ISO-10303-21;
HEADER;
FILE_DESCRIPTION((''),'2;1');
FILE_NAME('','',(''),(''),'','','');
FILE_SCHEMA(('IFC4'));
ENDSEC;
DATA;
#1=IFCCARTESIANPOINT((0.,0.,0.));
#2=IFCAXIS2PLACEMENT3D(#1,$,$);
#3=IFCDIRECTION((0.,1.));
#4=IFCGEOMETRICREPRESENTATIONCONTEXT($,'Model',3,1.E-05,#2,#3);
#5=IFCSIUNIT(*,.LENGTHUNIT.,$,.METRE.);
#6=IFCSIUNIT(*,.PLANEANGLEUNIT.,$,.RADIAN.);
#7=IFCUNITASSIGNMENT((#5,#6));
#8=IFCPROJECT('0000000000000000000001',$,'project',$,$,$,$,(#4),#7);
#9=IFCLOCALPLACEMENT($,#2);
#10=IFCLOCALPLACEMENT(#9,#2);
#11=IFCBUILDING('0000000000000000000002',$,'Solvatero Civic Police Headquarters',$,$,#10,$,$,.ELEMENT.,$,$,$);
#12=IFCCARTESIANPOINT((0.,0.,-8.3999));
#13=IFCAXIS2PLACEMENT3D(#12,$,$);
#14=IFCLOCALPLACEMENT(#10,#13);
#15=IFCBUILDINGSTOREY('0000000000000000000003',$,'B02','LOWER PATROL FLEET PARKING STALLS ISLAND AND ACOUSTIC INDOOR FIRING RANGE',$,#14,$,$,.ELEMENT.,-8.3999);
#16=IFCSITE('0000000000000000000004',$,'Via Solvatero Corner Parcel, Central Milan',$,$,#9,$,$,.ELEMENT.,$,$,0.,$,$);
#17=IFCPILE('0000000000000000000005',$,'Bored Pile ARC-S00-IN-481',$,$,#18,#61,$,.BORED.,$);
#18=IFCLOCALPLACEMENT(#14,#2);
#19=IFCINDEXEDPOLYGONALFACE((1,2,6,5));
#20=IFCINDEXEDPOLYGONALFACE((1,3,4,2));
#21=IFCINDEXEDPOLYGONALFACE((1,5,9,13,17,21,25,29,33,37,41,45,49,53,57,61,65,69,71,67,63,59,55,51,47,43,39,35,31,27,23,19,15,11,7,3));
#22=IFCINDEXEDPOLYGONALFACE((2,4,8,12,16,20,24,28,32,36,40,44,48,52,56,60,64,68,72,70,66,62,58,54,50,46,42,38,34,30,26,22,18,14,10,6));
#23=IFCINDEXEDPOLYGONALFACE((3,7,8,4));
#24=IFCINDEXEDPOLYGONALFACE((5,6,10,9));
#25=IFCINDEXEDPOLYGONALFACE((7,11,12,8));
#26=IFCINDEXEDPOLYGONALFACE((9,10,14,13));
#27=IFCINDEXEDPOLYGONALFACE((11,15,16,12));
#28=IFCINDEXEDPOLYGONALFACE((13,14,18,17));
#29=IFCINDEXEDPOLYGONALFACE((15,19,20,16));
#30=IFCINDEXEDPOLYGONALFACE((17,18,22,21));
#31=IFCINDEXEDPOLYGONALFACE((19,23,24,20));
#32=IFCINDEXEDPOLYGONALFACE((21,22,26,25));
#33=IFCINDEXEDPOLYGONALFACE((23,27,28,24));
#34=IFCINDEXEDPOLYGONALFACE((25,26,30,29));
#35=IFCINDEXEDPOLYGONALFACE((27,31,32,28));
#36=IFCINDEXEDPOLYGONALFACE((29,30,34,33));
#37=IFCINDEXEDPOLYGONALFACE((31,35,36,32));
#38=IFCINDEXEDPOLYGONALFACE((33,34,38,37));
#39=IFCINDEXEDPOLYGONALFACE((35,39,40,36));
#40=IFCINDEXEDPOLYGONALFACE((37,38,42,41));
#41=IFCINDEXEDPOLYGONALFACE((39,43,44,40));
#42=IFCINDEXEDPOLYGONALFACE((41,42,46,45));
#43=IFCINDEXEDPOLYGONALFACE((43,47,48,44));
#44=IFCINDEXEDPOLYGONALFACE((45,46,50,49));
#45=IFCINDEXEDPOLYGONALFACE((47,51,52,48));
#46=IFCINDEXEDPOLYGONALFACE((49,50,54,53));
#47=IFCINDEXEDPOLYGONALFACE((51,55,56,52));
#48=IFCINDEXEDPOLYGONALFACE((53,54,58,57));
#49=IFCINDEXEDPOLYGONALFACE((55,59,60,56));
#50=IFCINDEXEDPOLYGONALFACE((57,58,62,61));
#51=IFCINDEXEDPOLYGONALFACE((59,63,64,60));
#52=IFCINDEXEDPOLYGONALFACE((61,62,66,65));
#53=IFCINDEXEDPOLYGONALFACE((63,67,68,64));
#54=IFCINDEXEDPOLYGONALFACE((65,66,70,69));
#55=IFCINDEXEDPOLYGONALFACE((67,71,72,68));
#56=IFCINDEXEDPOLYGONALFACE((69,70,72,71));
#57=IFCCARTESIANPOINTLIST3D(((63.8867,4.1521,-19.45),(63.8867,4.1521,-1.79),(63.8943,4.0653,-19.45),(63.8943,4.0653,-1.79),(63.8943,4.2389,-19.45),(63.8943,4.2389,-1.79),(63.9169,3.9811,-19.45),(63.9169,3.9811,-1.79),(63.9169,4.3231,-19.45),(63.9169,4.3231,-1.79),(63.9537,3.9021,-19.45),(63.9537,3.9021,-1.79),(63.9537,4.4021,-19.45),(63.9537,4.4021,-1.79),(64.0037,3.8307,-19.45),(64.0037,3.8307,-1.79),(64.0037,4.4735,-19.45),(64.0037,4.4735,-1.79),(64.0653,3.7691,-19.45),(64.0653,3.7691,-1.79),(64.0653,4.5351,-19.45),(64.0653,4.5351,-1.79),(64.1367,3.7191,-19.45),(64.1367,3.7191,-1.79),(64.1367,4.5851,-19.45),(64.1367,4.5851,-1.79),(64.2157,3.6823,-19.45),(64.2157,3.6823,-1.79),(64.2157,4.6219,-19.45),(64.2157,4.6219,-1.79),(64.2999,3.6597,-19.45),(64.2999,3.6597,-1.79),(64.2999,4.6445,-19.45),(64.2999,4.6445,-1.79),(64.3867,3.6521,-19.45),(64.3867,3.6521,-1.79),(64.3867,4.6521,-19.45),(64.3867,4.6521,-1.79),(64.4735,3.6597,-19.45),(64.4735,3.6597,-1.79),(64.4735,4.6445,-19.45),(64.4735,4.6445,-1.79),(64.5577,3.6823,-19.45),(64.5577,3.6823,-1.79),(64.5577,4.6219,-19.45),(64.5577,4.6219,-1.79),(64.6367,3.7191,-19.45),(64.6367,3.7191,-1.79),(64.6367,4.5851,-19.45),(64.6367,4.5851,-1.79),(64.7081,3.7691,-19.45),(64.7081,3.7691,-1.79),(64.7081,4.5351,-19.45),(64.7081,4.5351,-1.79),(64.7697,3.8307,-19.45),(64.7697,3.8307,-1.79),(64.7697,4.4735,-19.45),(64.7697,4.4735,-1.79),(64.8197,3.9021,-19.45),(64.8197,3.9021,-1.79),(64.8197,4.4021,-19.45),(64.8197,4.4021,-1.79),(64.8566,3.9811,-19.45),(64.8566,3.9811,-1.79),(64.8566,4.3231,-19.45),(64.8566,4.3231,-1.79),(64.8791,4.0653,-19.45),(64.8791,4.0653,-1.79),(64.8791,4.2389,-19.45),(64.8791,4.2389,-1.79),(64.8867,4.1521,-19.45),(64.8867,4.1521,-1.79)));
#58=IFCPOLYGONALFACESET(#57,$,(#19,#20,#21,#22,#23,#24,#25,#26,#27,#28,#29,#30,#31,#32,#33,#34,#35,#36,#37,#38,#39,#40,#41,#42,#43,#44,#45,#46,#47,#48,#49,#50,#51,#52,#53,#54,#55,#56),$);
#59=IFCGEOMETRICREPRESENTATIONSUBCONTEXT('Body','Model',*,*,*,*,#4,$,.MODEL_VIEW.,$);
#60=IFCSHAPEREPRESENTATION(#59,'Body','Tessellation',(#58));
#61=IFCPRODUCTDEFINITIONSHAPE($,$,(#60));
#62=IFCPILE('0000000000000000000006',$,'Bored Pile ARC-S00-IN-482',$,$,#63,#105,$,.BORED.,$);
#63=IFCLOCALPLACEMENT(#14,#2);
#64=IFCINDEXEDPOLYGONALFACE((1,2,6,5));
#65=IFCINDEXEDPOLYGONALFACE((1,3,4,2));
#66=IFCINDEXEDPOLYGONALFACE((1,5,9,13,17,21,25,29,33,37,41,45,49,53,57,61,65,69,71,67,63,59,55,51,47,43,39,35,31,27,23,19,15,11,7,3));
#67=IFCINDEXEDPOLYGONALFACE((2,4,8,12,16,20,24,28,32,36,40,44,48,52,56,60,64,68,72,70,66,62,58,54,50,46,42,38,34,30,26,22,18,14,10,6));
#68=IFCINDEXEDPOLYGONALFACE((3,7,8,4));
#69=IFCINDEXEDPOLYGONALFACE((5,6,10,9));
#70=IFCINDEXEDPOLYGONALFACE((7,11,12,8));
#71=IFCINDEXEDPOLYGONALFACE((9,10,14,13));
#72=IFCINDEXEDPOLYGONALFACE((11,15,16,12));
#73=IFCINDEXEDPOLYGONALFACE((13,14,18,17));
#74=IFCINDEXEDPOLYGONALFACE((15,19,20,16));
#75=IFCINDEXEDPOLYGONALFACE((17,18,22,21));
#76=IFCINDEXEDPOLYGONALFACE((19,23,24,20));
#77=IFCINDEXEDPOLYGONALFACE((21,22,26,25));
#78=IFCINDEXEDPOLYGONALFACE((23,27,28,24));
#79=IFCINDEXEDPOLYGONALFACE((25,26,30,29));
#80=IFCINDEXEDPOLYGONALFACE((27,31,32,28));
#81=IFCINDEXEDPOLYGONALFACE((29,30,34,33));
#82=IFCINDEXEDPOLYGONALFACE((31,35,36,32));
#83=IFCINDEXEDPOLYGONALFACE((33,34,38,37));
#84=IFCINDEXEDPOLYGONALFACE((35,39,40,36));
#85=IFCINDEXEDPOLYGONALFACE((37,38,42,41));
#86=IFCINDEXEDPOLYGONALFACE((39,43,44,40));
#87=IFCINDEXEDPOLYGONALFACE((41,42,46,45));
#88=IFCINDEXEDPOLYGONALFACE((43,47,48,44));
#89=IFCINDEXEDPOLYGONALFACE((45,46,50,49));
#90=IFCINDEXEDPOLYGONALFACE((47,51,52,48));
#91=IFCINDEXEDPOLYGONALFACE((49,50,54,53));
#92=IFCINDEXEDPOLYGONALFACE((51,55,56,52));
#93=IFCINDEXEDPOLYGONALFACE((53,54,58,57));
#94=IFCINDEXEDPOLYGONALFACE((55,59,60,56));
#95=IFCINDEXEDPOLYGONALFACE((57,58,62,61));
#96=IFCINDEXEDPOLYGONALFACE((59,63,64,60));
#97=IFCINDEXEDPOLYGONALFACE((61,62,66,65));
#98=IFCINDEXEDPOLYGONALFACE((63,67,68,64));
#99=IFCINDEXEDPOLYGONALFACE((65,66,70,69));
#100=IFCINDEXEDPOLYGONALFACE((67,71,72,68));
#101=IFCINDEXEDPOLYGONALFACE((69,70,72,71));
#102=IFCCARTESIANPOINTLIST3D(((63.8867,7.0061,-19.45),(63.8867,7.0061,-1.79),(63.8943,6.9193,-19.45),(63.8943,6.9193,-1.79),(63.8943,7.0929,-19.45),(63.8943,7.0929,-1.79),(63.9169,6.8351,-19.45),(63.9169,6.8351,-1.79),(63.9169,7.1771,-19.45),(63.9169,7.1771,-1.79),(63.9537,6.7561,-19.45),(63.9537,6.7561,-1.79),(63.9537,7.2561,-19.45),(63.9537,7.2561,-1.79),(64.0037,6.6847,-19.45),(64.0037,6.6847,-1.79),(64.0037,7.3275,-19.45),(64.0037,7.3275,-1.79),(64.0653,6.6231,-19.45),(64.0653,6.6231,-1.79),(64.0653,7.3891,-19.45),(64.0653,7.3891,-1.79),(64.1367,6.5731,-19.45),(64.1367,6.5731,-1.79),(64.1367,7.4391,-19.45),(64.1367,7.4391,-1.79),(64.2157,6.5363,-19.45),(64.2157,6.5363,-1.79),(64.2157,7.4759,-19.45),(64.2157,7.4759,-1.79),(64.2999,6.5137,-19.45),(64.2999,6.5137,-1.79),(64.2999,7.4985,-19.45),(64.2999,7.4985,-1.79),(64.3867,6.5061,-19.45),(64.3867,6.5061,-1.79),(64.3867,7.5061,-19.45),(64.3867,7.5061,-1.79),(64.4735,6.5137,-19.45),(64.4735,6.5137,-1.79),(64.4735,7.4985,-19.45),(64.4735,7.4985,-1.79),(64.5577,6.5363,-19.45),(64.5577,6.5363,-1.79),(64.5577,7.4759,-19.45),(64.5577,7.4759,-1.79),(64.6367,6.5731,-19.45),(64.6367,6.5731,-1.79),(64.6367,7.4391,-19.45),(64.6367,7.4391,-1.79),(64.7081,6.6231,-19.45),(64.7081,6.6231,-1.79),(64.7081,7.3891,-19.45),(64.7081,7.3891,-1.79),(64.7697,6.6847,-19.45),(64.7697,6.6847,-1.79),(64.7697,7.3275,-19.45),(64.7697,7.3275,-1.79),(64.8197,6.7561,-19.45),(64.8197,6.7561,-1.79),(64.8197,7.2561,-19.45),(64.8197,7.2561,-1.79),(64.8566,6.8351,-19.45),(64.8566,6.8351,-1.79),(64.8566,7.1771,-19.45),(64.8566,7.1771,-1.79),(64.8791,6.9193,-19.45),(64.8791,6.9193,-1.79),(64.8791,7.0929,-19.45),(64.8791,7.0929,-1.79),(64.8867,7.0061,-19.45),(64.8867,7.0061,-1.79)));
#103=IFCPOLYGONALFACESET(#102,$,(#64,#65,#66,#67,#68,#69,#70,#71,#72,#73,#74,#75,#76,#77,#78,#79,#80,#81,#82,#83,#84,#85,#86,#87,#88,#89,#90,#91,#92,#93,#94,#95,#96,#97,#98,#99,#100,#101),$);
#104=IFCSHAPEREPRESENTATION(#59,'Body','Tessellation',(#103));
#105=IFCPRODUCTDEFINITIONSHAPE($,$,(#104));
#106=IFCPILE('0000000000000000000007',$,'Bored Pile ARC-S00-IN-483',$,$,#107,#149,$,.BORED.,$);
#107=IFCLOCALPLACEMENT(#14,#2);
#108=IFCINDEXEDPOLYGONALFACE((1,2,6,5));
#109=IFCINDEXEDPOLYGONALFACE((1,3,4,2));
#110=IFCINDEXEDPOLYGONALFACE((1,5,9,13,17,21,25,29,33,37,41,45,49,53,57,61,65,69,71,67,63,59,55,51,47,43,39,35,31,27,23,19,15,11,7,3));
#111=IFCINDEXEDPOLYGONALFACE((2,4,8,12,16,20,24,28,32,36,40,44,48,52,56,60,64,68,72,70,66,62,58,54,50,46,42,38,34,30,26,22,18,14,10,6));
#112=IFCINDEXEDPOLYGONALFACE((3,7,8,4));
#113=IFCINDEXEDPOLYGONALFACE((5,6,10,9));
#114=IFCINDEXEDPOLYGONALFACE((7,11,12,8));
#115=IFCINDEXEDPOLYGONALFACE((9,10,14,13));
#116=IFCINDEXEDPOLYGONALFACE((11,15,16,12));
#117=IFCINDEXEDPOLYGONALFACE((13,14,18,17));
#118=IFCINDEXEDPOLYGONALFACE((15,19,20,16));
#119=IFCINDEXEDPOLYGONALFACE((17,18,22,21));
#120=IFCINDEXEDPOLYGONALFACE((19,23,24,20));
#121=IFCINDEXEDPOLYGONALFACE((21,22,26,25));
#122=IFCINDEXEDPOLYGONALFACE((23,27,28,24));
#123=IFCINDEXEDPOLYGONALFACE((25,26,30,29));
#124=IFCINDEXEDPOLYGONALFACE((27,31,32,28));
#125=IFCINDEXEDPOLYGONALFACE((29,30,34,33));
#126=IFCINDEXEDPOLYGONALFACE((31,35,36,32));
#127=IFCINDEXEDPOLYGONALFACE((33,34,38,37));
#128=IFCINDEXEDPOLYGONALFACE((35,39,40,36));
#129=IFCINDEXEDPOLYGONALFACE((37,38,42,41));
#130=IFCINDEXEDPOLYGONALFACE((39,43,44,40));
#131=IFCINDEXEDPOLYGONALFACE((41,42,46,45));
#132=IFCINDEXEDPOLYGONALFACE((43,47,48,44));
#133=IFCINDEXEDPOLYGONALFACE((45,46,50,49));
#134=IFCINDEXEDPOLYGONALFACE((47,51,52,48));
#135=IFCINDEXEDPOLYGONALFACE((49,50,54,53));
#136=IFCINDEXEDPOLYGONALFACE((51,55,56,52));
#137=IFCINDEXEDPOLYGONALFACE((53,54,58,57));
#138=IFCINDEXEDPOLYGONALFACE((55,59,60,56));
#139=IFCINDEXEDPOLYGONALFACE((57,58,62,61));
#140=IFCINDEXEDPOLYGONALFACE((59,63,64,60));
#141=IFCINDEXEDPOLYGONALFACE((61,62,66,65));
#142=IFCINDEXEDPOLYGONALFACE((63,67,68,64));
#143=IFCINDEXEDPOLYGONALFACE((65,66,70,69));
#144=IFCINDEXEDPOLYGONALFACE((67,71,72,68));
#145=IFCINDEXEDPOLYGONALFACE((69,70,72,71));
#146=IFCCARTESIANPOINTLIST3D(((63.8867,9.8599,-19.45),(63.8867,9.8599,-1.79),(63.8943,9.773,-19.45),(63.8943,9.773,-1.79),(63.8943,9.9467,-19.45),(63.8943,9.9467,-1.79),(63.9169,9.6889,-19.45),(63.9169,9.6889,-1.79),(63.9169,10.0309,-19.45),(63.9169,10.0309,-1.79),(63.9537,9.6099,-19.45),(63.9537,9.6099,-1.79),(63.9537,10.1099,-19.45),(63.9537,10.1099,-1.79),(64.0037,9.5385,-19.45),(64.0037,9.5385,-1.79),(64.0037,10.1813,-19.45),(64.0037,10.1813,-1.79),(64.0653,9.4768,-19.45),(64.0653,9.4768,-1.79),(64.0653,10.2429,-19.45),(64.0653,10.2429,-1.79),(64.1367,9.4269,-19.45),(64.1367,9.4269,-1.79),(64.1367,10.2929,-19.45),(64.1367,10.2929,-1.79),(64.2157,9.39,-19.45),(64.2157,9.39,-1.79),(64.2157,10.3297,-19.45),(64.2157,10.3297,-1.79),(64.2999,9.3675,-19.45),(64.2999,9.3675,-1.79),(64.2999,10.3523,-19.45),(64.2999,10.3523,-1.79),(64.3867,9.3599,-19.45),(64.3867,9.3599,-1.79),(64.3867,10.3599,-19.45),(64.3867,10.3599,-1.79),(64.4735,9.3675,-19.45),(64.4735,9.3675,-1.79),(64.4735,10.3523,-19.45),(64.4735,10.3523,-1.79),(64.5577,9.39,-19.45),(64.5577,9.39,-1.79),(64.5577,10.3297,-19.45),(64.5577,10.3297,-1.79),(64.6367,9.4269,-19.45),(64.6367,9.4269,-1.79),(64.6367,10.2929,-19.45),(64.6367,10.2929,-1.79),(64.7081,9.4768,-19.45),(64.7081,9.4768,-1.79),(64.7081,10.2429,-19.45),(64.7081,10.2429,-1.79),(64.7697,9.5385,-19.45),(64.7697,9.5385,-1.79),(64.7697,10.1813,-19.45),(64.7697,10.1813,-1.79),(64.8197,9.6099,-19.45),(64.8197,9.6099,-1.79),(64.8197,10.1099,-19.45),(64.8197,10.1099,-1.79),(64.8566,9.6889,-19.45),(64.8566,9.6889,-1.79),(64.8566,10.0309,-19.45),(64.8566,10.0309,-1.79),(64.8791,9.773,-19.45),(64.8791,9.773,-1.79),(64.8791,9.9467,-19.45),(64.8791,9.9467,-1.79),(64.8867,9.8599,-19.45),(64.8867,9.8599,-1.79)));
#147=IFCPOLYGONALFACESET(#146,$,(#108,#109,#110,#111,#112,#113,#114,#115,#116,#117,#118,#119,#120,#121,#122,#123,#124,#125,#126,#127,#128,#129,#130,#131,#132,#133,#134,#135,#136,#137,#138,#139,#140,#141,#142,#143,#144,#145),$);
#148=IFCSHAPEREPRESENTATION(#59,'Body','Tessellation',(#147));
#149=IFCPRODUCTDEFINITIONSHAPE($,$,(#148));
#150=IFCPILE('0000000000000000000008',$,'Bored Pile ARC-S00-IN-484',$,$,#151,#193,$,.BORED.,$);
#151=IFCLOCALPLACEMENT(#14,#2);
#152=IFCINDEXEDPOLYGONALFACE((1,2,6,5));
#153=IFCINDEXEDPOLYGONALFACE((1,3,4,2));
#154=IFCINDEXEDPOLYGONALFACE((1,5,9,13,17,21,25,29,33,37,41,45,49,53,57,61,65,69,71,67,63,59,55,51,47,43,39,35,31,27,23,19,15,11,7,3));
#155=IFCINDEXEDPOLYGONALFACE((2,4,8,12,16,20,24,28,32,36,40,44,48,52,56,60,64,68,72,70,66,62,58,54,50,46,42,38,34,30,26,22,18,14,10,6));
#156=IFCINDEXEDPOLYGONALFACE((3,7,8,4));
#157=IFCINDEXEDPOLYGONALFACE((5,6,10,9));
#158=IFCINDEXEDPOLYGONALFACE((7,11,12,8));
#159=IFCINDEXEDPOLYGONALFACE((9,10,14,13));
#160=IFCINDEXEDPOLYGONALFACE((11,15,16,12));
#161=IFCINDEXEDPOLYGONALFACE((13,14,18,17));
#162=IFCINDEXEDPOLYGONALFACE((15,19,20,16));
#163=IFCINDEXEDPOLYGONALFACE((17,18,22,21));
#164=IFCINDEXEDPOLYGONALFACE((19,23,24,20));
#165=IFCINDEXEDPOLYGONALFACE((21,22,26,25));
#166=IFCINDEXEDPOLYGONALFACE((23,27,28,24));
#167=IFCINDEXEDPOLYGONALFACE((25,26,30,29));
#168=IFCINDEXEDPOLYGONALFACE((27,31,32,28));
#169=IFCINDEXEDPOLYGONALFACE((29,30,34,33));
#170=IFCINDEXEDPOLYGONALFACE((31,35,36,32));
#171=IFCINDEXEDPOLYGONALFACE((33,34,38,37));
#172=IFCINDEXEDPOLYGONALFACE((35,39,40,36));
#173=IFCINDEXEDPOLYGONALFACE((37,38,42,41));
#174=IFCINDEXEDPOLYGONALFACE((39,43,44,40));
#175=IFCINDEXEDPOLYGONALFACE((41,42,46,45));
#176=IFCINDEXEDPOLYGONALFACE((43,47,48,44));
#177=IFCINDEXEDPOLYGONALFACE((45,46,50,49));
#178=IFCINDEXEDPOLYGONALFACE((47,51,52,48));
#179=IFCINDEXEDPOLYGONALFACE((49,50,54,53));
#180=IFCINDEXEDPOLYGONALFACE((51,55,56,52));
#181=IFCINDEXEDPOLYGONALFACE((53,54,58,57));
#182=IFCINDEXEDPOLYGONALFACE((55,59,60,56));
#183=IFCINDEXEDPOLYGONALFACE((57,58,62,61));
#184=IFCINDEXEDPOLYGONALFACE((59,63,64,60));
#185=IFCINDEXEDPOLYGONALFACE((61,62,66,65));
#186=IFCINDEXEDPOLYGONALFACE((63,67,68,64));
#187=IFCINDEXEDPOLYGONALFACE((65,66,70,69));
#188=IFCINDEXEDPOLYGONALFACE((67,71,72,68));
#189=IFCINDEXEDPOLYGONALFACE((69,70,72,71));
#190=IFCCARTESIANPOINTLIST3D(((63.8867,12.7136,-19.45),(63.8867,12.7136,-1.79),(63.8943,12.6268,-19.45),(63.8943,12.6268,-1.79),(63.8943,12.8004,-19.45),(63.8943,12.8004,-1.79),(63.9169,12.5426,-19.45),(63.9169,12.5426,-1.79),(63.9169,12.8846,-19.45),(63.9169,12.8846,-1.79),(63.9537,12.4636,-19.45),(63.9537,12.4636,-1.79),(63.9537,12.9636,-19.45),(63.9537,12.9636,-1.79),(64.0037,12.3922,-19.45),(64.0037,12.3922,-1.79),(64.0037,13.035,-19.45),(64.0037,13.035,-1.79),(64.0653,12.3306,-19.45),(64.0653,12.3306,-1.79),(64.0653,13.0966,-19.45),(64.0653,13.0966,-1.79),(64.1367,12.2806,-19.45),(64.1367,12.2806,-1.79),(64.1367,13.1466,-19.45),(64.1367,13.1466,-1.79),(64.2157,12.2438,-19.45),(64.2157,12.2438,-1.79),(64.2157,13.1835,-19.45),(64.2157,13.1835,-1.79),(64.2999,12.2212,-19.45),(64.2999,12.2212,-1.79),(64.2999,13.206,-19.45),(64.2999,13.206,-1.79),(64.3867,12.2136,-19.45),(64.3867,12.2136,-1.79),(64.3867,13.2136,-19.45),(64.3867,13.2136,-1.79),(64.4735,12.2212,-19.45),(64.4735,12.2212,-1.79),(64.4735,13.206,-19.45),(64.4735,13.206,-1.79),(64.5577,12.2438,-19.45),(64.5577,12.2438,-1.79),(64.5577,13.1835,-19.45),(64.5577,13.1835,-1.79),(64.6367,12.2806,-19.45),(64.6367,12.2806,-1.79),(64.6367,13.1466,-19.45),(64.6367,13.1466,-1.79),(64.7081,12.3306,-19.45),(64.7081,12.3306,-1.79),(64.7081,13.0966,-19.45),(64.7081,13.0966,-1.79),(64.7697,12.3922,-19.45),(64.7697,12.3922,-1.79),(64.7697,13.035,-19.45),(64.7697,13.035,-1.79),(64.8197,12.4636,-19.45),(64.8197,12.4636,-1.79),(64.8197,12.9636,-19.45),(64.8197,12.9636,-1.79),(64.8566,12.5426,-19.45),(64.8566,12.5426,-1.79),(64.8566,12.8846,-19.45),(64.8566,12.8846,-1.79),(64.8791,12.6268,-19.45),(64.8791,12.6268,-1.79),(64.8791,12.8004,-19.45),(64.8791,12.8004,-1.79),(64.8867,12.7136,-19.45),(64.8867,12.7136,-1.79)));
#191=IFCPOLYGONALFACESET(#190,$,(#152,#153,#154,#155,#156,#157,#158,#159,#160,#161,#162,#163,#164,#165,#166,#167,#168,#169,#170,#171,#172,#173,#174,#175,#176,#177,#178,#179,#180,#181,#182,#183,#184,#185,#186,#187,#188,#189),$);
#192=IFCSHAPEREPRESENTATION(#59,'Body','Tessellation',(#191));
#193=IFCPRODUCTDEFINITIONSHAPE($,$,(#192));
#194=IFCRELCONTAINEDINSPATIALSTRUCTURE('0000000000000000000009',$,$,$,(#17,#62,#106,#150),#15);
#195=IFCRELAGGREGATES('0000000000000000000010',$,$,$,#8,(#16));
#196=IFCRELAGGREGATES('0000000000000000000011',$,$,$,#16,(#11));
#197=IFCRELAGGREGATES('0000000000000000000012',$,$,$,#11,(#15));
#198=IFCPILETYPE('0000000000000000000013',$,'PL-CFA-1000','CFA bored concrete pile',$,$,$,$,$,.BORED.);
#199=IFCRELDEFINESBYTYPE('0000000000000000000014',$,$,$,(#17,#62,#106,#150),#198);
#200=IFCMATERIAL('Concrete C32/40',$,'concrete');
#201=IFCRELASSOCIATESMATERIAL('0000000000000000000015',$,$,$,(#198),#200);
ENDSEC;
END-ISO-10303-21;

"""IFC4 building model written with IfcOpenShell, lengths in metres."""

from ifc_helpers import new_model, si_unit, direction, frame, origin, origin_2d, place, context, subcontext, project, spatial, circle, extrude, material, material_profile, profile_set, type_object, element, save


model = new_model("IFC4")

# Units and contexts
model_context = context("Model", 3, precision=1e-05, world=origin(), true_north=direction((0.0, 1.0)))
body_context = subcontext(model_context, "Body", "Model", "MODEL_VIEW")
ifc_project = project(units=[si_unit("LENGTHUNIT", "METRE"), si_unit("PLANEANGLEUNIT", "RADIAN")], contexts=[model_context])

# Site, building, storey
site_placement = place(None, origin())
site = spatial("IfcSite", under=ifc_project, at=site_placement, Name="Via Solvatero Corner Parcel, Central Milan", CompositionType="ELEMENT", RefElevation=0.0)
building_placement = place(site_placement, origin())
building = spatial("IfcBuilding", under=site, at=building_placement, Name="Solvatero Civic Police Headquarters", CompositionType="ELEMENT")
storey_placement = place(building_placement, frame((0.0, 0.0, -8.3999)))
storey = spatial("IfcBuildingStorey", under=building, at=storey_placement, Name="B02", Description="LOWER PATROL FLEET PARKING STALLS ISLAND AND ACOUSTIC INDOOR FIRING RANGE", CompositionType="ELEMENT", Elevation=-8.3999)

# Piles
ifc_material_1 = material(Name="Concrete C32/40", Category="concrete")
ifc_material_profile_1 = material_profile(ifc_material_1, circle(Radius=0.5, at=origin_2d()), Name="CFA PILE D1000")
ifc_profile_set_1 = profile_set([ifc_material_profile_1], Name="Concrete C32/40")
pile_type = type_object("IfcPileType", Name="PL-CFA-1000", Description="CFA bored concrete pile", PredefinedType="BORED", material=ifc_profile_set_1)
for number, where, z_axis, x_axis, name in (
    (1, (64.3867, 4.1521, -1.79), (0.0, 0.0, -1.0), (1.0, 0.0, 0.0), "Bored Pile ARC-S00-IN-481"),
    (2, (64.3867, 7.0061, -1.79), (0.0, 0.0, -1.0), (1.0, 0.0, 0.0), "Bored Pile ARC-S00-IN-482"),
    (3, (64.3867, 9.8599, -1.79), (0.0, 0.0, -1.0), (1.0, 0.0, 0.0), "Bored Pile ARC-S00-IN-483"),
    (4, (64.3867, 12.7136, -1.79), (0.0, 0.0, -1.0), (1.0, 0.0, 0.0), "Bored Pile ARC-S00-IN-484"),
):
    element("IfcPile", number, at=place(storey_placement, frame(where, z_axis=z_axis, x_axis=x_axis)), inside=storey, type_object=pile_type, Name=name, PredefinedType="BORED", context=body_context, shape_type="SweptSolid", body=[
        extrude(circle(Radius=0.5, at=origin_2d()), origin(), (0.0, 0.0, 1.0), 17.6599),
    ])

save(model, "model.ifc")
